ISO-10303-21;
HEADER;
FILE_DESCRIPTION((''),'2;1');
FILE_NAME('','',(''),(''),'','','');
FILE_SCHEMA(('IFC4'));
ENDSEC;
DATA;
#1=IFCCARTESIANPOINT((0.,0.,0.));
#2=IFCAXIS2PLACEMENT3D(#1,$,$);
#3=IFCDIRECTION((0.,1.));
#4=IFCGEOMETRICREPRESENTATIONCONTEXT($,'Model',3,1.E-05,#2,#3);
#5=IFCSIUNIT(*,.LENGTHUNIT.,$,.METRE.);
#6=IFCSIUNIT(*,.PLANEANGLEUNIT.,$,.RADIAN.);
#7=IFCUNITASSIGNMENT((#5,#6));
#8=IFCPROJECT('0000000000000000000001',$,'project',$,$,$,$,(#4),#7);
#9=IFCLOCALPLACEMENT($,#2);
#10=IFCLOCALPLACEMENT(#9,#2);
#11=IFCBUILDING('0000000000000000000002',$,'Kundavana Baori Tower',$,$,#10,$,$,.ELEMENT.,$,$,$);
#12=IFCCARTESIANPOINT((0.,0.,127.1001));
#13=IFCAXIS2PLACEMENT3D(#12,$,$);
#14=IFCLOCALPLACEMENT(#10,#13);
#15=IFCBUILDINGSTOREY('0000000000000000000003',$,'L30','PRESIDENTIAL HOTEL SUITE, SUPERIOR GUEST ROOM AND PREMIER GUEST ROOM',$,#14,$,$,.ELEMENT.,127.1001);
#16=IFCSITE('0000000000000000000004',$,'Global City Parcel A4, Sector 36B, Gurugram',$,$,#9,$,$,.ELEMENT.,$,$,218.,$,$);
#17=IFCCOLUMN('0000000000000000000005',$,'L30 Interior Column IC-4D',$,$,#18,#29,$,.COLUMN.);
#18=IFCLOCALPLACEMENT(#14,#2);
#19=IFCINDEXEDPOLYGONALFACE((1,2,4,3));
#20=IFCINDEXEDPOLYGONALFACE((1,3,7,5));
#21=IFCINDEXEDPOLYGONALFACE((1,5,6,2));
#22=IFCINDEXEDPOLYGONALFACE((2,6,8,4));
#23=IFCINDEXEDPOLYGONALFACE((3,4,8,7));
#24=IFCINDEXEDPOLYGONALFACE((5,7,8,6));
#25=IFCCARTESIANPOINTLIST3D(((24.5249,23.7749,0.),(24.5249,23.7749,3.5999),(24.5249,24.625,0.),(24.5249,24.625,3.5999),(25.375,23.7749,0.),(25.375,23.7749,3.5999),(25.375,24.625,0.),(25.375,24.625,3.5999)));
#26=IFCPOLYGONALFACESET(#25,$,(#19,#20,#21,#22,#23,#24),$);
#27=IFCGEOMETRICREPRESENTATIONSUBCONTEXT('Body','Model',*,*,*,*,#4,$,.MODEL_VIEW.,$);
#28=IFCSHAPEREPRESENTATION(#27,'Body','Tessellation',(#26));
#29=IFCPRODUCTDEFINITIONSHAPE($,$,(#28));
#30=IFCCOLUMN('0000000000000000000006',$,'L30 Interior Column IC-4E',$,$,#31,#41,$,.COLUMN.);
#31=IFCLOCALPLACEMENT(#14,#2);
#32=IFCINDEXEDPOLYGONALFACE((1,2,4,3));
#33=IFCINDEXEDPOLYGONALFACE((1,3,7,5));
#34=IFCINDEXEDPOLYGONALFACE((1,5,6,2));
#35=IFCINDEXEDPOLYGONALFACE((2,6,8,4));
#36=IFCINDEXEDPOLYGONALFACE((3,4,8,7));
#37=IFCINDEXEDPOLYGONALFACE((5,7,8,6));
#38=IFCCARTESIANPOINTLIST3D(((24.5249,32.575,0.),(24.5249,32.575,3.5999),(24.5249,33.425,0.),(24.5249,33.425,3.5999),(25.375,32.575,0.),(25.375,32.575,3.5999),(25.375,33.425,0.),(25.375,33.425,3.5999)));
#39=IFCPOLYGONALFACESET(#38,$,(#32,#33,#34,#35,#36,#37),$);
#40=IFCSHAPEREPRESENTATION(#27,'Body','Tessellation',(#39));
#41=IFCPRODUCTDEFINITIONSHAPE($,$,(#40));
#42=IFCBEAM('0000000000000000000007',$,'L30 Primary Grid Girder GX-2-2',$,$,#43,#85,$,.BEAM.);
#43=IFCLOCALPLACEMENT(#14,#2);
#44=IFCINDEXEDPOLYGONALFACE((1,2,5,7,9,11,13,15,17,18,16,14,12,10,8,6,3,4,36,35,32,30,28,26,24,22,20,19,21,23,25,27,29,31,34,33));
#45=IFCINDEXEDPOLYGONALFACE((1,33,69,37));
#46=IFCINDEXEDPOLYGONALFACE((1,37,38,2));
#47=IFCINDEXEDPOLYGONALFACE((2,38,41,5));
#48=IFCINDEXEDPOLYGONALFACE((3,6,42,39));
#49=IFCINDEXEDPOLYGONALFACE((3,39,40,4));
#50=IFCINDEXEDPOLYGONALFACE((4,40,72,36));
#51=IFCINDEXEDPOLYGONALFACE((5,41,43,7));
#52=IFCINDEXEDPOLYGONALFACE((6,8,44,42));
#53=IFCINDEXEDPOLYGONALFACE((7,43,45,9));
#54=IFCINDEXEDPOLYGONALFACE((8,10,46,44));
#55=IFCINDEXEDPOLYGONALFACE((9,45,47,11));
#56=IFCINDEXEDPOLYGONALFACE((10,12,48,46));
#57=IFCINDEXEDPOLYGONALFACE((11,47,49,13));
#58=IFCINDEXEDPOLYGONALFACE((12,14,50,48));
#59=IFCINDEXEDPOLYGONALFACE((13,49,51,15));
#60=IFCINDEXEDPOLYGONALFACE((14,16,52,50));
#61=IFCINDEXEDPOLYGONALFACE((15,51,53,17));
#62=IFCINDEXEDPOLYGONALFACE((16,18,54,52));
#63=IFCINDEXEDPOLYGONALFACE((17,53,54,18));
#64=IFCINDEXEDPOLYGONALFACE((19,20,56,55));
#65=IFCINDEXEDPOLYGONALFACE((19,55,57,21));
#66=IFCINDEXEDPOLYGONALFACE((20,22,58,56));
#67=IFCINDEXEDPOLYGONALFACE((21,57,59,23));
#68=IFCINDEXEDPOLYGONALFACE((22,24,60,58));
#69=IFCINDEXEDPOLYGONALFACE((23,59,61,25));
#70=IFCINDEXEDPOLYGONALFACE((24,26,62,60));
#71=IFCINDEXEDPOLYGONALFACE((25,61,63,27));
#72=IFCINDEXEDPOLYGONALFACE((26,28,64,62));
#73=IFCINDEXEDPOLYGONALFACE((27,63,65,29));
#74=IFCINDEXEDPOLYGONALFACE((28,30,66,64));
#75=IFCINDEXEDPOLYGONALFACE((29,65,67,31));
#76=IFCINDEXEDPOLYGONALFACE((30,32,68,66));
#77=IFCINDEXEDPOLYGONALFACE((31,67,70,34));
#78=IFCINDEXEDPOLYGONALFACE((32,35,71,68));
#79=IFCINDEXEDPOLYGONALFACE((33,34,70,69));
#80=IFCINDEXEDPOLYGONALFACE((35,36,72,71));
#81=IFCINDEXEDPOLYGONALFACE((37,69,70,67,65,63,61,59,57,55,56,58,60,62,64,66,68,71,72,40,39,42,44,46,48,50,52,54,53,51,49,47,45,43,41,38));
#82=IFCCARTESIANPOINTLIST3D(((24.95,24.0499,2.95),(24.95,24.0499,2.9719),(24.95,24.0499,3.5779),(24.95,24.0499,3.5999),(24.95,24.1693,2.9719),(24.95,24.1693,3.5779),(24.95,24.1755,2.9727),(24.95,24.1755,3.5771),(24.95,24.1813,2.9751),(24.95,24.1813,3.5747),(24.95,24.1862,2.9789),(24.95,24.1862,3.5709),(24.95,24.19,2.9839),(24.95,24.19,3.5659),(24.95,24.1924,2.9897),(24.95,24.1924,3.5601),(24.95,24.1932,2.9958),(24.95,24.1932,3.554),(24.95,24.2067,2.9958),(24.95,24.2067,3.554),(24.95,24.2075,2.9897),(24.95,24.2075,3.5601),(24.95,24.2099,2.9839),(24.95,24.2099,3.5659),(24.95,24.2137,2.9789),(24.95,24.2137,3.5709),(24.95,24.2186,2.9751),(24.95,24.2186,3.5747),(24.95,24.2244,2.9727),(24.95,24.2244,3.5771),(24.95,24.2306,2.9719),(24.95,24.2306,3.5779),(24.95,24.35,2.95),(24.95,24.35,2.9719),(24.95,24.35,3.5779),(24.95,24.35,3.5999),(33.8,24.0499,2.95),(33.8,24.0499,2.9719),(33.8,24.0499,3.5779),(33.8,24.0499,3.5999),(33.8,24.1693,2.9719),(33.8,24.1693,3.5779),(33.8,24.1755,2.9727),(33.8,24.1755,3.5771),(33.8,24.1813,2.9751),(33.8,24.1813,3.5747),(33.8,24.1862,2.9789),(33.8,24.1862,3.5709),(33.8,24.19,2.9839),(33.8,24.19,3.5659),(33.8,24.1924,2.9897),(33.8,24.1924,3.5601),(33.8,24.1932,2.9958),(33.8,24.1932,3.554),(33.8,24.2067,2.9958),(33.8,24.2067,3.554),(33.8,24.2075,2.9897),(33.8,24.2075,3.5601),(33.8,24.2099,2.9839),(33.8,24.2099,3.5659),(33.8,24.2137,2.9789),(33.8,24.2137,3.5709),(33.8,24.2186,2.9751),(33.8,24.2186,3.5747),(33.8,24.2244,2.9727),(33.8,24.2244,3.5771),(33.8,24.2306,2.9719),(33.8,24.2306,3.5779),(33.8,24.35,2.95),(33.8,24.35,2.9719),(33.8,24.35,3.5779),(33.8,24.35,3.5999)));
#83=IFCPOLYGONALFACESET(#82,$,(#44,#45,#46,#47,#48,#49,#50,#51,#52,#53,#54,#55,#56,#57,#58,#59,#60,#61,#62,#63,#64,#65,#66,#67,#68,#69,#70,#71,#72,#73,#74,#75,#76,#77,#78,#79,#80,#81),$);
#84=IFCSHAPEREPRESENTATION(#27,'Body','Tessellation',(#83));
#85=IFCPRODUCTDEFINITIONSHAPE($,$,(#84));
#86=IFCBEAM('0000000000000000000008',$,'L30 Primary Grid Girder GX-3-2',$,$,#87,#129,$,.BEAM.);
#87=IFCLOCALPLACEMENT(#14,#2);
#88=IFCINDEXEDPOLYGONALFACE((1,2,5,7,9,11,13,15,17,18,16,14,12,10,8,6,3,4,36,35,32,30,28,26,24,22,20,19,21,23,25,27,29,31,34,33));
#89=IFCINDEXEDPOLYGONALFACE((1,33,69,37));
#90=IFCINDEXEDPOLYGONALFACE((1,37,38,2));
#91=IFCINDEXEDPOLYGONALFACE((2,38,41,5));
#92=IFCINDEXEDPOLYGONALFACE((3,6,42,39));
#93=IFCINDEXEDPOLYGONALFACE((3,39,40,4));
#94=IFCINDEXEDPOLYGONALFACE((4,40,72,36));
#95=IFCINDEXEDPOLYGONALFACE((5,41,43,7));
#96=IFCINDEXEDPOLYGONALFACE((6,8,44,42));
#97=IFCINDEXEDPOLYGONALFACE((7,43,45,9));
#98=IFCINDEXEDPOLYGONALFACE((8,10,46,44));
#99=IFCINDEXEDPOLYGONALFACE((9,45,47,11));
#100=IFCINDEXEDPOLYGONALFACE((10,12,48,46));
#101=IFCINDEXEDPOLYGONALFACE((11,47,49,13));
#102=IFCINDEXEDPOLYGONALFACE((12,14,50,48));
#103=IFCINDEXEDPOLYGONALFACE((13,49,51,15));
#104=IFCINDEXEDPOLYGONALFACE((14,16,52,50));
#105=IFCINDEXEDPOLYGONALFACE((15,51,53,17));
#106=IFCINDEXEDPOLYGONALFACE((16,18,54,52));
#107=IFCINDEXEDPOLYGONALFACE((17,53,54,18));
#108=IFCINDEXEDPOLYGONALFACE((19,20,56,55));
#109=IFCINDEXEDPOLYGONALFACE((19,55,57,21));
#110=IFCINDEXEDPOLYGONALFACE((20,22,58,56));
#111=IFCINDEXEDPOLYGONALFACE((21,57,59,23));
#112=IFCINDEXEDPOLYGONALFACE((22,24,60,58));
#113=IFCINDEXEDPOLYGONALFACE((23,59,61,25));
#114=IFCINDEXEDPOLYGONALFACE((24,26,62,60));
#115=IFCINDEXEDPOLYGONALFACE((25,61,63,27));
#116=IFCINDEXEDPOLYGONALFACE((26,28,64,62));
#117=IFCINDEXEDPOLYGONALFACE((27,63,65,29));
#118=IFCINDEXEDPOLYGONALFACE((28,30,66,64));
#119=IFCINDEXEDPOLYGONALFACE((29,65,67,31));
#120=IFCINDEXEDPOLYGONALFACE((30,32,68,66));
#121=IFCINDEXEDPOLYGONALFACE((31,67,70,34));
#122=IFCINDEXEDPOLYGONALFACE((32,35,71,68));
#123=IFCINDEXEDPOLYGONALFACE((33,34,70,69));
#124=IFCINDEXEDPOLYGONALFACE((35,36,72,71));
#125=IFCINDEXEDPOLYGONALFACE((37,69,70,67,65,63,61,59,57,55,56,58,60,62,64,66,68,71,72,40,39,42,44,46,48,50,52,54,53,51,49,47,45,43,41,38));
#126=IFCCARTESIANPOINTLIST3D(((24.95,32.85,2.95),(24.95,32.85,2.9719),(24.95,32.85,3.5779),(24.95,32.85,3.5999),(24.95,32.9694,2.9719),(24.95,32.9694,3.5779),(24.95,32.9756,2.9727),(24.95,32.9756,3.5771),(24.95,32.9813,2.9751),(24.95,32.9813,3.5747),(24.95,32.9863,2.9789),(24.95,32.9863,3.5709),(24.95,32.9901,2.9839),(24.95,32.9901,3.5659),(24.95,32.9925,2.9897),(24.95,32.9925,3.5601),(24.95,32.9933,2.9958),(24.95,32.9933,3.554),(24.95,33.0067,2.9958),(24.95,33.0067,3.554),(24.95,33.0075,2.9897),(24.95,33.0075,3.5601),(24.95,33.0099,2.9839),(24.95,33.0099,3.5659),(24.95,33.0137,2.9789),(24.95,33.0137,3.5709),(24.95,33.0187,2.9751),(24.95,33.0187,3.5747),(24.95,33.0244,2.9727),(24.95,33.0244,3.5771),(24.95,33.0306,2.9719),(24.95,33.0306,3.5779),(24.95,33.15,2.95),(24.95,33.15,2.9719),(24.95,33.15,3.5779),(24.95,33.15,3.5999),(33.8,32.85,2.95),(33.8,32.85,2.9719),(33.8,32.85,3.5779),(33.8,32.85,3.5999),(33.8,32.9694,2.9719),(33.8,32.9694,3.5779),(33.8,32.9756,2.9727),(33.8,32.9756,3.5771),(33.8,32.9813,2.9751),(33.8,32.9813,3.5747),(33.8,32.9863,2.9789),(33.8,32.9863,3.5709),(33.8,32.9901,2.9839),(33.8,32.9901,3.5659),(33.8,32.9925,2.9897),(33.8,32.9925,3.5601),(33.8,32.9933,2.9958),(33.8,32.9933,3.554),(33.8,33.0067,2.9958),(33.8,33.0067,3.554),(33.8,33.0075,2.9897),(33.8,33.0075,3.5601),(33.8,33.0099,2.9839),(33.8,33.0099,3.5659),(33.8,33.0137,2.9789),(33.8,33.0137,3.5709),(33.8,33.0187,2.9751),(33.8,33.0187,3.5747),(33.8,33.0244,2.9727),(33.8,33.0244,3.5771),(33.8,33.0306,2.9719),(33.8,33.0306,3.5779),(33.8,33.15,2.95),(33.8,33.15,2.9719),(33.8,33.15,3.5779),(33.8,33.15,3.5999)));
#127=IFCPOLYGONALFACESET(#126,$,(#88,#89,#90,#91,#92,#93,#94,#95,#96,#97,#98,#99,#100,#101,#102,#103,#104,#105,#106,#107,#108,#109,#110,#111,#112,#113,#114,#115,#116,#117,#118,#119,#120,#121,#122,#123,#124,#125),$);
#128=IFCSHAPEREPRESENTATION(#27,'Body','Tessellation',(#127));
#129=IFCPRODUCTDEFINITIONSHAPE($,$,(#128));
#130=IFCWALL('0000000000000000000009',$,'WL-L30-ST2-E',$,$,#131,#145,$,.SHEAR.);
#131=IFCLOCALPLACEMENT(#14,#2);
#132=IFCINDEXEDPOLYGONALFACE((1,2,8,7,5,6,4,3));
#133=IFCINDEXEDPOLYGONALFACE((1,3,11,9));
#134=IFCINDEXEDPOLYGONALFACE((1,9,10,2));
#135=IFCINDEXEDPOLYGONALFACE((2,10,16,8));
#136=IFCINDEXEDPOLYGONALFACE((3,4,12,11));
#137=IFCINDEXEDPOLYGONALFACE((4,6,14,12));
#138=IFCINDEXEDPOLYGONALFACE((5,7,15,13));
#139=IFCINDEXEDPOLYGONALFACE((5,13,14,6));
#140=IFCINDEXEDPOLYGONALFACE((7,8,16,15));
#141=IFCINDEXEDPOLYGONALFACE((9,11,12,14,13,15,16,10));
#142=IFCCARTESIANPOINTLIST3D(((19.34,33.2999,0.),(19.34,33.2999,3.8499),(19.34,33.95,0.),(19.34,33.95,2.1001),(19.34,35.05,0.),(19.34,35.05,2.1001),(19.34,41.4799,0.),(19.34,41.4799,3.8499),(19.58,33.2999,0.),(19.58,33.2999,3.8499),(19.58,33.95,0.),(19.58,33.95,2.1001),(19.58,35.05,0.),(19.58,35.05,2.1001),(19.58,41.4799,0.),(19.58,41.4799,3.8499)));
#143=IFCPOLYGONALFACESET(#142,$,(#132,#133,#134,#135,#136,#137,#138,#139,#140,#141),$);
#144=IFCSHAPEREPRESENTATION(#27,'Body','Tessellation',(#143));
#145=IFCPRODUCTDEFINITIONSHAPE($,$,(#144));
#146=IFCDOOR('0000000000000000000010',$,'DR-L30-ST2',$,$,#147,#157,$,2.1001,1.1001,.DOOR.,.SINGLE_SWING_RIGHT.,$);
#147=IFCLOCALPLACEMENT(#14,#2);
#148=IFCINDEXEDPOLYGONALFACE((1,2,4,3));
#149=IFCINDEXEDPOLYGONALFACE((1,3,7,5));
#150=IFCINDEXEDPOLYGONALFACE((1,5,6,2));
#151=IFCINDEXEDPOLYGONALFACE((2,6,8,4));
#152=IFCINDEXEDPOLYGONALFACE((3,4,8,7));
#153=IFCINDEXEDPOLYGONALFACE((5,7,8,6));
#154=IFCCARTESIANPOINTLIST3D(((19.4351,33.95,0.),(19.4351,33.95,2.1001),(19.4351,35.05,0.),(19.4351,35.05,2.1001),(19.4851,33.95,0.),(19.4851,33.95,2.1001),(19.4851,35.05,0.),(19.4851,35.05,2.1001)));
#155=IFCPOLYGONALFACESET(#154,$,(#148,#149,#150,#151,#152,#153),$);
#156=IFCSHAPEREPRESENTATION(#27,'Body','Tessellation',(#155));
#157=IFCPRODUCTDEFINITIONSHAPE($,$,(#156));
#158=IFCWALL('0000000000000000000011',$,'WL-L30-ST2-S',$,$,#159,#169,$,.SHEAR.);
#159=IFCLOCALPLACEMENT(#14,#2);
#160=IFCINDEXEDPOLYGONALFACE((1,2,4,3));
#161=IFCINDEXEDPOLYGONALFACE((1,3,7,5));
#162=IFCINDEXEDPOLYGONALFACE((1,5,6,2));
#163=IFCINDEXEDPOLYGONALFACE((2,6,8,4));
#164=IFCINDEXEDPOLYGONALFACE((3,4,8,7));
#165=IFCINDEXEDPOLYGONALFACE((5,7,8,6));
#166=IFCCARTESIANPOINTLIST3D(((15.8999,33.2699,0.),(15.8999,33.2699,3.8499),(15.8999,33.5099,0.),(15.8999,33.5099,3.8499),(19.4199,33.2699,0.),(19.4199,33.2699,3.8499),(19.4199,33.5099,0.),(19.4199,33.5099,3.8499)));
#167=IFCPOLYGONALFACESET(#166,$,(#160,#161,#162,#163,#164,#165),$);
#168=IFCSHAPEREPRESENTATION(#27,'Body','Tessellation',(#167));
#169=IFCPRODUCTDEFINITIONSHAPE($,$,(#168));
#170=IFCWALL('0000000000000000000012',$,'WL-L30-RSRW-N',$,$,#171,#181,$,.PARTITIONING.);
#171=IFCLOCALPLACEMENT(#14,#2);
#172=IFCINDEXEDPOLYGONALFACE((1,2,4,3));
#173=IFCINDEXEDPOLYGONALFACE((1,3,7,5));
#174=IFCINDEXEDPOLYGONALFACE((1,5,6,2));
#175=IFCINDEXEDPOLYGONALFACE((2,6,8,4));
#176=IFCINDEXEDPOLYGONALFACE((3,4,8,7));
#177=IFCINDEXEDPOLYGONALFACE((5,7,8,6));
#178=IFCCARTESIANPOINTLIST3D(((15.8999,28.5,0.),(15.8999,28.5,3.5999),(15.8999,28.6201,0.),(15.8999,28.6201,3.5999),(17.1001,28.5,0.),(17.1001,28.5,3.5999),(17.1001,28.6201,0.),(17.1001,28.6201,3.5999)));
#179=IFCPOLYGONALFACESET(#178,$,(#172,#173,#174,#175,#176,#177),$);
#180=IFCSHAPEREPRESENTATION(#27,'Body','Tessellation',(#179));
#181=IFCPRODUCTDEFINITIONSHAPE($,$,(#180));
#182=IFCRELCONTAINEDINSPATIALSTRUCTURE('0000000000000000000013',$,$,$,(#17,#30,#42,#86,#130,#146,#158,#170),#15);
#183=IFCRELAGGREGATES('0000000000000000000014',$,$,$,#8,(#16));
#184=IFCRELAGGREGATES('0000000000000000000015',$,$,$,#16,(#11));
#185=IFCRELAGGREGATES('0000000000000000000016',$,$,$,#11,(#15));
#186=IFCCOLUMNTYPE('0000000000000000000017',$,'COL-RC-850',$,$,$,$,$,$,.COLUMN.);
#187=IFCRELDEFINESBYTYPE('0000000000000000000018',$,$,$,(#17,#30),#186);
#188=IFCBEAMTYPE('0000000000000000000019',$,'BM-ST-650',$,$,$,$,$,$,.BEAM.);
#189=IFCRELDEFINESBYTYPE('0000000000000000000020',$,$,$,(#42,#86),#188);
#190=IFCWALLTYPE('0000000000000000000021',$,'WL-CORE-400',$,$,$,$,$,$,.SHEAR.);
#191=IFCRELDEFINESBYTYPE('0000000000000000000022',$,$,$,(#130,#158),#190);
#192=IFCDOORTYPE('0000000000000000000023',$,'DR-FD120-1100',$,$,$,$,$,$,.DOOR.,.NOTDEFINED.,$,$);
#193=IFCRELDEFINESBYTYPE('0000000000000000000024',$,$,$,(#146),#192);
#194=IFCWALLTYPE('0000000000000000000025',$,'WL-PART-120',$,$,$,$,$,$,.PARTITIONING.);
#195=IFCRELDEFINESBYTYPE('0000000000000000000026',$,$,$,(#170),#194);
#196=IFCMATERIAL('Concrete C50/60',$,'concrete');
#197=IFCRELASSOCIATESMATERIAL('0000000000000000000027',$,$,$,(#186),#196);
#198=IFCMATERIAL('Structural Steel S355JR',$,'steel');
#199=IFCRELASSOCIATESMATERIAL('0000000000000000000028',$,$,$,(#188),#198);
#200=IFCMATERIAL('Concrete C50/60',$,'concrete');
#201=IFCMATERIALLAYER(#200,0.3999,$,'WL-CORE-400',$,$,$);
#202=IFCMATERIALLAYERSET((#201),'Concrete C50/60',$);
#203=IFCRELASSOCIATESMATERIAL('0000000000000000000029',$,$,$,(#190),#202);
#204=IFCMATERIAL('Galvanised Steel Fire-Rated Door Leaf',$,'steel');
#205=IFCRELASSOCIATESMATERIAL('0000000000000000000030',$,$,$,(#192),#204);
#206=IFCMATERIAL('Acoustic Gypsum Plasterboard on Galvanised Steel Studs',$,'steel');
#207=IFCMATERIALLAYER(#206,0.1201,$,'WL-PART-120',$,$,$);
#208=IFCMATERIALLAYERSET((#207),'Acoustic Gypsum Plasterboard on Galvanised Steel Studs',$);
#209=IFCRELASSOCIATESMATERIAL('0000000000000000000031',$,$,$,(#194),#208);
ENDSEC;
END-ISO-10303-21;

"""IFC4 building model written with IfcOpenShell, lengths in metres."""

from ifc_helpers import new_model, si_unit, direction, frame, frame_2d, origin, origin_2d, place, context, subcontext, project, spatial, rectangle, i_section, extrude, material, layer, layer_set, material_profile, profile_set, type_object, element, fill, save


model = new_model("IFC4")

# Units and contexts
model_context = context("Model", 3, precision=1e-05, world=origin(), true_north=direction((0.0, 1.0)))
body_context = subcontext(model_context, "Body", "Model", "MODEL_VIEW")
ifc_project = project(units=[si_unit("LENGTHUNIT", "METRE"), si_unit("PLANEANGLEUNIT", "RADIAN")], contexts=[model_context])

# Site, building, storey
site_placement = place(None, origin())
site = spatial("IfcSite", under=ifc_project, at=site_placement, Name="Global City Parcel A4, Sector 36B, Gurugram", CompositionType="ELEMENT", RefElevation=218.0)
building_placement = place(site_placement, origin())
building = spatial("IfcBuilding", under=site, at=building_placement, Name="Kundavana Baori Tower", CompositionType="ELEMENT")
storey_placement = place(building_placement, frame((0.0, 0.0, 127.1001)))
storey = spatial("IfcBuildingStorey", under=building, at=storey_placement, Name="L30", Description="PRESIDENTIAL HOTEL SUITE, SUPERIOR GUEST ROOM AND PREMIER GUEST ROOM", CompositionType="ELEMENT", Elevation=127.1001)

# Columns
ifc_material_1 = material(Name="Concrete C50/60", Category="concrete")
ifc_material_profile_1 = material_profile(ifc_material_1, rectangle(XDim=0.8501, YDim=0.8501, at=origin_2d()), Name="RC 850x850")
ifc_profile_set_1 = profile_set([ifc_material_profile_1], Name="Concrete C50/60")
column_type = type_object("IfcColumnType", Name="COL-RC-850", PredefinedType="COLUMN", material=ifc_profile_set_1)
for number, where, z_axis, x_axis, name in (
    (1, (24.95, 24.2, 0.0), (0.0, 0.0, 1.0), (1.0, 0.0, 0.0), "L30 Interior Column IC-4D"),
    (2, (24.95, 33.0, 0.0), (0.0, 0.0, 1.0), (1.0, 0.0, 0.0), "L30 Interior Column IC-4E"),
):
    element("IfcColumn", number, at=place(storey_placement, frame(where, z_axis=z_axis, x_axis=x_axis)), inside=storey, type_object=column_type, Name=name, PredefinedType="COLUMN", context=body_context, shape_type="SweptSolid", body=[
        extrude(rectangle(XDim=0.8501, YDim=0.8501, at=origin_2d()), origin(), (0.0, 0.0, 1.0), 3.5999),
    ])

# Beams
ifc_material_2 = material(Name="Structural Steel S355JR", Category="steel")
ifc_material_profile_2 = material_profile(ifc_material_2, i_section(OverallWidth=0.3, OverallDepth=0.6499, WebThickness=0.0134, FlangeThickness=0.022, FilletRadius=0.0239, at=origin_2d()), Name="NPB 650x300x155")
ifc_profile_set_2 = profile_set([ifc_material_profile_2], Name="Structural Steel S355JR")
beam_type = type_object("IfcBeamType", Name="BM-ST-650", PredefinedType="BEAM", material=ifc_profile_set_2)
for number, where, z_axis, x_axis, name in (
    (3, (24.95, 24.2, 3.2749), (1.0, 0.0, 0.0), (0.0, 1.0, 0.0), "L30 Primary Grid Girder GX-2-2"),
    (4, (24.95, 33.0, 3.2749), (1.0, 0.0, 0.0), (0.0, 1.0, 0.0), "L30 Primary Grid Girder GX-3-2"),
):
    element("IfcBeam", number, at=place(storey_placement, frame(where, z_axis=z_axis, x_axis=x_axis)), inside=storey, type_object=beam_type, Name=name, PredefinedType="BEAM", context=body_context, shape_type="SweptSolid", body=[
        extrude(i_section(OverallWidth=0.3, OverallDepth=0.6499, WebThickness=0.0134, FlangeThickness=0.022, FilletRadius=0.0239, at=origin_2d()), origin(), (0.0, 0.0, 1.0), 8.8501),
    ])

# Wall, opening, door
ifc_material_3 = material(Name="Concrete C50/60", Category="concrete")
ifc_layer_1 = layer(ifc_material_3, 0.3999, Name="WL-CORE-400")
ifc_layer_set_1 = layer_set([ifc_layer_1], Name="Concrete C50/60")
wall_type_1 = type_object("IfcWallType", Name="WL-CORE-400", PredefinedType="SHEAR", material=ifc_layer_set_1)
wall_1_placement = place(storey_placement, frame((19.46, 33.3, 0.0), z_axis=(0.0, 0.0, 1.0), x_axis=(0.0, 1.0, 0.0)))
wall_1 = element("IfcWall", 5, at=wall_1_placement, inside=storey, type_object=wall_type_1, Name="WL-L30-ST2-E", PredefinedType="SHEAR", context=body_context, shape_type="SweptSolid", body=[
    extrude(rectangle(XDim=8.1799, YDim=0.24, at=frame_2d((4.0898, 0.0))), origin(), (0.0, 0.0, 1.0), 3.8499),
])
opening_1_placement = place(wall_1_placement, frame((0.6499, 0.0, 0.0)))
opening_1 = element("IfcOpeningElement", 6, at=opening_1_placement, cuts=wall_1, PredefinedType="OPENING", context=body_context, shape_type="SweptSolid", body=[
    extrude(rectangle(XDim=1.1001, YDim=2.1001, at=frame_2d((0.55, 1.05))), frame((0.0, 0.1299, 0.0), z_axis=(0.0, -1.0, 0.0), x_axis=(1.0, 0.0, 0.0)), (0.0, 0.0, 1.0), 0.26),
])
ifc_material_4 = material(Name="Galvanised Steel Fire-Rated Door Leaf", Category="steel")
door_type_1 = type_object("IfcDoorType", Name="DR-FD120-1100", OperationType="NOTDEFINED", PredefinedType="DOOR", material=ifc_material_4)
door_1_placement = place(opening_1_placement, origin())
door_1 = element("IfcDoor", 7, at=door_1_placement, inside=storey, type_object=door_type_1, Name="DR-L30-ST2", OperationType="SINGLE_SWING_RIGHT", OverallHeight=2.1001, OverallWidth=1.1001, PredefinedType="DOOR", context=body_context, shape_type="SweptSolid", body=[
    extrude(rectangle(XDim=1.1001, YDim=2.1001, at=frame_2d((0.55, 1.05))), frame((0.0, 0.0249, 0.0), z_axis=(0.0, -1.0, 0.0), x_axis=(1.0, 0.0, 0.0)), (0.0, 0.0, 1.0), 0.05),
])
fill(opening_1, door_1)

# Walls
wall_2_placement = place(storey_placement, frame((15.8999, 33.3899, 0.0), z_axis=(0.0, 0.0, 1.0), x_axis=(1.0, 0.0, 0.0)))
element("IfcWall", 8, at=wall_2_placement, inside=storey, type_object=wall_type_1, Name="WL-L30-ST2-S", PredefinedType="SHEAR", context=body_context, shape_type="SweptSolid", body=[
    extrude(rectangle(XDim=3.52, YDim=0.24, at=frame_2d((1.76, 0.0))), origin(), (0.0, 0.0, 1.0), 3.8499),
])
ifc_material_5 = material(Name="Acoustic Gypsum Plasterboard on Galvanised Steel Studs", Category="steel")
ifc_layer_2 = layer(ifc_material_5, 0.1201, Name="WL-PART-120")
ifc_layer_set_2 = layer_set([ifc_layer_2], Name="Acoustic Gypsum Plasterboard on Galvanised Steel Studs")
wall_type_2 = type_object("IfcWallType", Name="WL-PART-120", PredefinedType="PARTITIONING", material=ifc_layer_set_2)
wall_3_placement = place(storey_placement, frame((15.8999, 28.5601, 0.0), z_axis=(0.0, 0.0, 1.0), x_axis=(1.0, 0.0, 0.0)))
element("IfcWall", 9, at=wall_3_placement, inside=storey, type_object=wall_type_2, Name="WL-L30-RSRW-N", PredefinedType="PARTITIONING", context=body_context, shape_type="SweptSolid", body=[
    extrude(rectangle(XDim=1.2002, YDim=0.1201, at=frame_2d((0.6001, 0.0))), origin(), (0.0, 0.0, 1.0), 3.5999),
])

save(model, "model.ifc")
